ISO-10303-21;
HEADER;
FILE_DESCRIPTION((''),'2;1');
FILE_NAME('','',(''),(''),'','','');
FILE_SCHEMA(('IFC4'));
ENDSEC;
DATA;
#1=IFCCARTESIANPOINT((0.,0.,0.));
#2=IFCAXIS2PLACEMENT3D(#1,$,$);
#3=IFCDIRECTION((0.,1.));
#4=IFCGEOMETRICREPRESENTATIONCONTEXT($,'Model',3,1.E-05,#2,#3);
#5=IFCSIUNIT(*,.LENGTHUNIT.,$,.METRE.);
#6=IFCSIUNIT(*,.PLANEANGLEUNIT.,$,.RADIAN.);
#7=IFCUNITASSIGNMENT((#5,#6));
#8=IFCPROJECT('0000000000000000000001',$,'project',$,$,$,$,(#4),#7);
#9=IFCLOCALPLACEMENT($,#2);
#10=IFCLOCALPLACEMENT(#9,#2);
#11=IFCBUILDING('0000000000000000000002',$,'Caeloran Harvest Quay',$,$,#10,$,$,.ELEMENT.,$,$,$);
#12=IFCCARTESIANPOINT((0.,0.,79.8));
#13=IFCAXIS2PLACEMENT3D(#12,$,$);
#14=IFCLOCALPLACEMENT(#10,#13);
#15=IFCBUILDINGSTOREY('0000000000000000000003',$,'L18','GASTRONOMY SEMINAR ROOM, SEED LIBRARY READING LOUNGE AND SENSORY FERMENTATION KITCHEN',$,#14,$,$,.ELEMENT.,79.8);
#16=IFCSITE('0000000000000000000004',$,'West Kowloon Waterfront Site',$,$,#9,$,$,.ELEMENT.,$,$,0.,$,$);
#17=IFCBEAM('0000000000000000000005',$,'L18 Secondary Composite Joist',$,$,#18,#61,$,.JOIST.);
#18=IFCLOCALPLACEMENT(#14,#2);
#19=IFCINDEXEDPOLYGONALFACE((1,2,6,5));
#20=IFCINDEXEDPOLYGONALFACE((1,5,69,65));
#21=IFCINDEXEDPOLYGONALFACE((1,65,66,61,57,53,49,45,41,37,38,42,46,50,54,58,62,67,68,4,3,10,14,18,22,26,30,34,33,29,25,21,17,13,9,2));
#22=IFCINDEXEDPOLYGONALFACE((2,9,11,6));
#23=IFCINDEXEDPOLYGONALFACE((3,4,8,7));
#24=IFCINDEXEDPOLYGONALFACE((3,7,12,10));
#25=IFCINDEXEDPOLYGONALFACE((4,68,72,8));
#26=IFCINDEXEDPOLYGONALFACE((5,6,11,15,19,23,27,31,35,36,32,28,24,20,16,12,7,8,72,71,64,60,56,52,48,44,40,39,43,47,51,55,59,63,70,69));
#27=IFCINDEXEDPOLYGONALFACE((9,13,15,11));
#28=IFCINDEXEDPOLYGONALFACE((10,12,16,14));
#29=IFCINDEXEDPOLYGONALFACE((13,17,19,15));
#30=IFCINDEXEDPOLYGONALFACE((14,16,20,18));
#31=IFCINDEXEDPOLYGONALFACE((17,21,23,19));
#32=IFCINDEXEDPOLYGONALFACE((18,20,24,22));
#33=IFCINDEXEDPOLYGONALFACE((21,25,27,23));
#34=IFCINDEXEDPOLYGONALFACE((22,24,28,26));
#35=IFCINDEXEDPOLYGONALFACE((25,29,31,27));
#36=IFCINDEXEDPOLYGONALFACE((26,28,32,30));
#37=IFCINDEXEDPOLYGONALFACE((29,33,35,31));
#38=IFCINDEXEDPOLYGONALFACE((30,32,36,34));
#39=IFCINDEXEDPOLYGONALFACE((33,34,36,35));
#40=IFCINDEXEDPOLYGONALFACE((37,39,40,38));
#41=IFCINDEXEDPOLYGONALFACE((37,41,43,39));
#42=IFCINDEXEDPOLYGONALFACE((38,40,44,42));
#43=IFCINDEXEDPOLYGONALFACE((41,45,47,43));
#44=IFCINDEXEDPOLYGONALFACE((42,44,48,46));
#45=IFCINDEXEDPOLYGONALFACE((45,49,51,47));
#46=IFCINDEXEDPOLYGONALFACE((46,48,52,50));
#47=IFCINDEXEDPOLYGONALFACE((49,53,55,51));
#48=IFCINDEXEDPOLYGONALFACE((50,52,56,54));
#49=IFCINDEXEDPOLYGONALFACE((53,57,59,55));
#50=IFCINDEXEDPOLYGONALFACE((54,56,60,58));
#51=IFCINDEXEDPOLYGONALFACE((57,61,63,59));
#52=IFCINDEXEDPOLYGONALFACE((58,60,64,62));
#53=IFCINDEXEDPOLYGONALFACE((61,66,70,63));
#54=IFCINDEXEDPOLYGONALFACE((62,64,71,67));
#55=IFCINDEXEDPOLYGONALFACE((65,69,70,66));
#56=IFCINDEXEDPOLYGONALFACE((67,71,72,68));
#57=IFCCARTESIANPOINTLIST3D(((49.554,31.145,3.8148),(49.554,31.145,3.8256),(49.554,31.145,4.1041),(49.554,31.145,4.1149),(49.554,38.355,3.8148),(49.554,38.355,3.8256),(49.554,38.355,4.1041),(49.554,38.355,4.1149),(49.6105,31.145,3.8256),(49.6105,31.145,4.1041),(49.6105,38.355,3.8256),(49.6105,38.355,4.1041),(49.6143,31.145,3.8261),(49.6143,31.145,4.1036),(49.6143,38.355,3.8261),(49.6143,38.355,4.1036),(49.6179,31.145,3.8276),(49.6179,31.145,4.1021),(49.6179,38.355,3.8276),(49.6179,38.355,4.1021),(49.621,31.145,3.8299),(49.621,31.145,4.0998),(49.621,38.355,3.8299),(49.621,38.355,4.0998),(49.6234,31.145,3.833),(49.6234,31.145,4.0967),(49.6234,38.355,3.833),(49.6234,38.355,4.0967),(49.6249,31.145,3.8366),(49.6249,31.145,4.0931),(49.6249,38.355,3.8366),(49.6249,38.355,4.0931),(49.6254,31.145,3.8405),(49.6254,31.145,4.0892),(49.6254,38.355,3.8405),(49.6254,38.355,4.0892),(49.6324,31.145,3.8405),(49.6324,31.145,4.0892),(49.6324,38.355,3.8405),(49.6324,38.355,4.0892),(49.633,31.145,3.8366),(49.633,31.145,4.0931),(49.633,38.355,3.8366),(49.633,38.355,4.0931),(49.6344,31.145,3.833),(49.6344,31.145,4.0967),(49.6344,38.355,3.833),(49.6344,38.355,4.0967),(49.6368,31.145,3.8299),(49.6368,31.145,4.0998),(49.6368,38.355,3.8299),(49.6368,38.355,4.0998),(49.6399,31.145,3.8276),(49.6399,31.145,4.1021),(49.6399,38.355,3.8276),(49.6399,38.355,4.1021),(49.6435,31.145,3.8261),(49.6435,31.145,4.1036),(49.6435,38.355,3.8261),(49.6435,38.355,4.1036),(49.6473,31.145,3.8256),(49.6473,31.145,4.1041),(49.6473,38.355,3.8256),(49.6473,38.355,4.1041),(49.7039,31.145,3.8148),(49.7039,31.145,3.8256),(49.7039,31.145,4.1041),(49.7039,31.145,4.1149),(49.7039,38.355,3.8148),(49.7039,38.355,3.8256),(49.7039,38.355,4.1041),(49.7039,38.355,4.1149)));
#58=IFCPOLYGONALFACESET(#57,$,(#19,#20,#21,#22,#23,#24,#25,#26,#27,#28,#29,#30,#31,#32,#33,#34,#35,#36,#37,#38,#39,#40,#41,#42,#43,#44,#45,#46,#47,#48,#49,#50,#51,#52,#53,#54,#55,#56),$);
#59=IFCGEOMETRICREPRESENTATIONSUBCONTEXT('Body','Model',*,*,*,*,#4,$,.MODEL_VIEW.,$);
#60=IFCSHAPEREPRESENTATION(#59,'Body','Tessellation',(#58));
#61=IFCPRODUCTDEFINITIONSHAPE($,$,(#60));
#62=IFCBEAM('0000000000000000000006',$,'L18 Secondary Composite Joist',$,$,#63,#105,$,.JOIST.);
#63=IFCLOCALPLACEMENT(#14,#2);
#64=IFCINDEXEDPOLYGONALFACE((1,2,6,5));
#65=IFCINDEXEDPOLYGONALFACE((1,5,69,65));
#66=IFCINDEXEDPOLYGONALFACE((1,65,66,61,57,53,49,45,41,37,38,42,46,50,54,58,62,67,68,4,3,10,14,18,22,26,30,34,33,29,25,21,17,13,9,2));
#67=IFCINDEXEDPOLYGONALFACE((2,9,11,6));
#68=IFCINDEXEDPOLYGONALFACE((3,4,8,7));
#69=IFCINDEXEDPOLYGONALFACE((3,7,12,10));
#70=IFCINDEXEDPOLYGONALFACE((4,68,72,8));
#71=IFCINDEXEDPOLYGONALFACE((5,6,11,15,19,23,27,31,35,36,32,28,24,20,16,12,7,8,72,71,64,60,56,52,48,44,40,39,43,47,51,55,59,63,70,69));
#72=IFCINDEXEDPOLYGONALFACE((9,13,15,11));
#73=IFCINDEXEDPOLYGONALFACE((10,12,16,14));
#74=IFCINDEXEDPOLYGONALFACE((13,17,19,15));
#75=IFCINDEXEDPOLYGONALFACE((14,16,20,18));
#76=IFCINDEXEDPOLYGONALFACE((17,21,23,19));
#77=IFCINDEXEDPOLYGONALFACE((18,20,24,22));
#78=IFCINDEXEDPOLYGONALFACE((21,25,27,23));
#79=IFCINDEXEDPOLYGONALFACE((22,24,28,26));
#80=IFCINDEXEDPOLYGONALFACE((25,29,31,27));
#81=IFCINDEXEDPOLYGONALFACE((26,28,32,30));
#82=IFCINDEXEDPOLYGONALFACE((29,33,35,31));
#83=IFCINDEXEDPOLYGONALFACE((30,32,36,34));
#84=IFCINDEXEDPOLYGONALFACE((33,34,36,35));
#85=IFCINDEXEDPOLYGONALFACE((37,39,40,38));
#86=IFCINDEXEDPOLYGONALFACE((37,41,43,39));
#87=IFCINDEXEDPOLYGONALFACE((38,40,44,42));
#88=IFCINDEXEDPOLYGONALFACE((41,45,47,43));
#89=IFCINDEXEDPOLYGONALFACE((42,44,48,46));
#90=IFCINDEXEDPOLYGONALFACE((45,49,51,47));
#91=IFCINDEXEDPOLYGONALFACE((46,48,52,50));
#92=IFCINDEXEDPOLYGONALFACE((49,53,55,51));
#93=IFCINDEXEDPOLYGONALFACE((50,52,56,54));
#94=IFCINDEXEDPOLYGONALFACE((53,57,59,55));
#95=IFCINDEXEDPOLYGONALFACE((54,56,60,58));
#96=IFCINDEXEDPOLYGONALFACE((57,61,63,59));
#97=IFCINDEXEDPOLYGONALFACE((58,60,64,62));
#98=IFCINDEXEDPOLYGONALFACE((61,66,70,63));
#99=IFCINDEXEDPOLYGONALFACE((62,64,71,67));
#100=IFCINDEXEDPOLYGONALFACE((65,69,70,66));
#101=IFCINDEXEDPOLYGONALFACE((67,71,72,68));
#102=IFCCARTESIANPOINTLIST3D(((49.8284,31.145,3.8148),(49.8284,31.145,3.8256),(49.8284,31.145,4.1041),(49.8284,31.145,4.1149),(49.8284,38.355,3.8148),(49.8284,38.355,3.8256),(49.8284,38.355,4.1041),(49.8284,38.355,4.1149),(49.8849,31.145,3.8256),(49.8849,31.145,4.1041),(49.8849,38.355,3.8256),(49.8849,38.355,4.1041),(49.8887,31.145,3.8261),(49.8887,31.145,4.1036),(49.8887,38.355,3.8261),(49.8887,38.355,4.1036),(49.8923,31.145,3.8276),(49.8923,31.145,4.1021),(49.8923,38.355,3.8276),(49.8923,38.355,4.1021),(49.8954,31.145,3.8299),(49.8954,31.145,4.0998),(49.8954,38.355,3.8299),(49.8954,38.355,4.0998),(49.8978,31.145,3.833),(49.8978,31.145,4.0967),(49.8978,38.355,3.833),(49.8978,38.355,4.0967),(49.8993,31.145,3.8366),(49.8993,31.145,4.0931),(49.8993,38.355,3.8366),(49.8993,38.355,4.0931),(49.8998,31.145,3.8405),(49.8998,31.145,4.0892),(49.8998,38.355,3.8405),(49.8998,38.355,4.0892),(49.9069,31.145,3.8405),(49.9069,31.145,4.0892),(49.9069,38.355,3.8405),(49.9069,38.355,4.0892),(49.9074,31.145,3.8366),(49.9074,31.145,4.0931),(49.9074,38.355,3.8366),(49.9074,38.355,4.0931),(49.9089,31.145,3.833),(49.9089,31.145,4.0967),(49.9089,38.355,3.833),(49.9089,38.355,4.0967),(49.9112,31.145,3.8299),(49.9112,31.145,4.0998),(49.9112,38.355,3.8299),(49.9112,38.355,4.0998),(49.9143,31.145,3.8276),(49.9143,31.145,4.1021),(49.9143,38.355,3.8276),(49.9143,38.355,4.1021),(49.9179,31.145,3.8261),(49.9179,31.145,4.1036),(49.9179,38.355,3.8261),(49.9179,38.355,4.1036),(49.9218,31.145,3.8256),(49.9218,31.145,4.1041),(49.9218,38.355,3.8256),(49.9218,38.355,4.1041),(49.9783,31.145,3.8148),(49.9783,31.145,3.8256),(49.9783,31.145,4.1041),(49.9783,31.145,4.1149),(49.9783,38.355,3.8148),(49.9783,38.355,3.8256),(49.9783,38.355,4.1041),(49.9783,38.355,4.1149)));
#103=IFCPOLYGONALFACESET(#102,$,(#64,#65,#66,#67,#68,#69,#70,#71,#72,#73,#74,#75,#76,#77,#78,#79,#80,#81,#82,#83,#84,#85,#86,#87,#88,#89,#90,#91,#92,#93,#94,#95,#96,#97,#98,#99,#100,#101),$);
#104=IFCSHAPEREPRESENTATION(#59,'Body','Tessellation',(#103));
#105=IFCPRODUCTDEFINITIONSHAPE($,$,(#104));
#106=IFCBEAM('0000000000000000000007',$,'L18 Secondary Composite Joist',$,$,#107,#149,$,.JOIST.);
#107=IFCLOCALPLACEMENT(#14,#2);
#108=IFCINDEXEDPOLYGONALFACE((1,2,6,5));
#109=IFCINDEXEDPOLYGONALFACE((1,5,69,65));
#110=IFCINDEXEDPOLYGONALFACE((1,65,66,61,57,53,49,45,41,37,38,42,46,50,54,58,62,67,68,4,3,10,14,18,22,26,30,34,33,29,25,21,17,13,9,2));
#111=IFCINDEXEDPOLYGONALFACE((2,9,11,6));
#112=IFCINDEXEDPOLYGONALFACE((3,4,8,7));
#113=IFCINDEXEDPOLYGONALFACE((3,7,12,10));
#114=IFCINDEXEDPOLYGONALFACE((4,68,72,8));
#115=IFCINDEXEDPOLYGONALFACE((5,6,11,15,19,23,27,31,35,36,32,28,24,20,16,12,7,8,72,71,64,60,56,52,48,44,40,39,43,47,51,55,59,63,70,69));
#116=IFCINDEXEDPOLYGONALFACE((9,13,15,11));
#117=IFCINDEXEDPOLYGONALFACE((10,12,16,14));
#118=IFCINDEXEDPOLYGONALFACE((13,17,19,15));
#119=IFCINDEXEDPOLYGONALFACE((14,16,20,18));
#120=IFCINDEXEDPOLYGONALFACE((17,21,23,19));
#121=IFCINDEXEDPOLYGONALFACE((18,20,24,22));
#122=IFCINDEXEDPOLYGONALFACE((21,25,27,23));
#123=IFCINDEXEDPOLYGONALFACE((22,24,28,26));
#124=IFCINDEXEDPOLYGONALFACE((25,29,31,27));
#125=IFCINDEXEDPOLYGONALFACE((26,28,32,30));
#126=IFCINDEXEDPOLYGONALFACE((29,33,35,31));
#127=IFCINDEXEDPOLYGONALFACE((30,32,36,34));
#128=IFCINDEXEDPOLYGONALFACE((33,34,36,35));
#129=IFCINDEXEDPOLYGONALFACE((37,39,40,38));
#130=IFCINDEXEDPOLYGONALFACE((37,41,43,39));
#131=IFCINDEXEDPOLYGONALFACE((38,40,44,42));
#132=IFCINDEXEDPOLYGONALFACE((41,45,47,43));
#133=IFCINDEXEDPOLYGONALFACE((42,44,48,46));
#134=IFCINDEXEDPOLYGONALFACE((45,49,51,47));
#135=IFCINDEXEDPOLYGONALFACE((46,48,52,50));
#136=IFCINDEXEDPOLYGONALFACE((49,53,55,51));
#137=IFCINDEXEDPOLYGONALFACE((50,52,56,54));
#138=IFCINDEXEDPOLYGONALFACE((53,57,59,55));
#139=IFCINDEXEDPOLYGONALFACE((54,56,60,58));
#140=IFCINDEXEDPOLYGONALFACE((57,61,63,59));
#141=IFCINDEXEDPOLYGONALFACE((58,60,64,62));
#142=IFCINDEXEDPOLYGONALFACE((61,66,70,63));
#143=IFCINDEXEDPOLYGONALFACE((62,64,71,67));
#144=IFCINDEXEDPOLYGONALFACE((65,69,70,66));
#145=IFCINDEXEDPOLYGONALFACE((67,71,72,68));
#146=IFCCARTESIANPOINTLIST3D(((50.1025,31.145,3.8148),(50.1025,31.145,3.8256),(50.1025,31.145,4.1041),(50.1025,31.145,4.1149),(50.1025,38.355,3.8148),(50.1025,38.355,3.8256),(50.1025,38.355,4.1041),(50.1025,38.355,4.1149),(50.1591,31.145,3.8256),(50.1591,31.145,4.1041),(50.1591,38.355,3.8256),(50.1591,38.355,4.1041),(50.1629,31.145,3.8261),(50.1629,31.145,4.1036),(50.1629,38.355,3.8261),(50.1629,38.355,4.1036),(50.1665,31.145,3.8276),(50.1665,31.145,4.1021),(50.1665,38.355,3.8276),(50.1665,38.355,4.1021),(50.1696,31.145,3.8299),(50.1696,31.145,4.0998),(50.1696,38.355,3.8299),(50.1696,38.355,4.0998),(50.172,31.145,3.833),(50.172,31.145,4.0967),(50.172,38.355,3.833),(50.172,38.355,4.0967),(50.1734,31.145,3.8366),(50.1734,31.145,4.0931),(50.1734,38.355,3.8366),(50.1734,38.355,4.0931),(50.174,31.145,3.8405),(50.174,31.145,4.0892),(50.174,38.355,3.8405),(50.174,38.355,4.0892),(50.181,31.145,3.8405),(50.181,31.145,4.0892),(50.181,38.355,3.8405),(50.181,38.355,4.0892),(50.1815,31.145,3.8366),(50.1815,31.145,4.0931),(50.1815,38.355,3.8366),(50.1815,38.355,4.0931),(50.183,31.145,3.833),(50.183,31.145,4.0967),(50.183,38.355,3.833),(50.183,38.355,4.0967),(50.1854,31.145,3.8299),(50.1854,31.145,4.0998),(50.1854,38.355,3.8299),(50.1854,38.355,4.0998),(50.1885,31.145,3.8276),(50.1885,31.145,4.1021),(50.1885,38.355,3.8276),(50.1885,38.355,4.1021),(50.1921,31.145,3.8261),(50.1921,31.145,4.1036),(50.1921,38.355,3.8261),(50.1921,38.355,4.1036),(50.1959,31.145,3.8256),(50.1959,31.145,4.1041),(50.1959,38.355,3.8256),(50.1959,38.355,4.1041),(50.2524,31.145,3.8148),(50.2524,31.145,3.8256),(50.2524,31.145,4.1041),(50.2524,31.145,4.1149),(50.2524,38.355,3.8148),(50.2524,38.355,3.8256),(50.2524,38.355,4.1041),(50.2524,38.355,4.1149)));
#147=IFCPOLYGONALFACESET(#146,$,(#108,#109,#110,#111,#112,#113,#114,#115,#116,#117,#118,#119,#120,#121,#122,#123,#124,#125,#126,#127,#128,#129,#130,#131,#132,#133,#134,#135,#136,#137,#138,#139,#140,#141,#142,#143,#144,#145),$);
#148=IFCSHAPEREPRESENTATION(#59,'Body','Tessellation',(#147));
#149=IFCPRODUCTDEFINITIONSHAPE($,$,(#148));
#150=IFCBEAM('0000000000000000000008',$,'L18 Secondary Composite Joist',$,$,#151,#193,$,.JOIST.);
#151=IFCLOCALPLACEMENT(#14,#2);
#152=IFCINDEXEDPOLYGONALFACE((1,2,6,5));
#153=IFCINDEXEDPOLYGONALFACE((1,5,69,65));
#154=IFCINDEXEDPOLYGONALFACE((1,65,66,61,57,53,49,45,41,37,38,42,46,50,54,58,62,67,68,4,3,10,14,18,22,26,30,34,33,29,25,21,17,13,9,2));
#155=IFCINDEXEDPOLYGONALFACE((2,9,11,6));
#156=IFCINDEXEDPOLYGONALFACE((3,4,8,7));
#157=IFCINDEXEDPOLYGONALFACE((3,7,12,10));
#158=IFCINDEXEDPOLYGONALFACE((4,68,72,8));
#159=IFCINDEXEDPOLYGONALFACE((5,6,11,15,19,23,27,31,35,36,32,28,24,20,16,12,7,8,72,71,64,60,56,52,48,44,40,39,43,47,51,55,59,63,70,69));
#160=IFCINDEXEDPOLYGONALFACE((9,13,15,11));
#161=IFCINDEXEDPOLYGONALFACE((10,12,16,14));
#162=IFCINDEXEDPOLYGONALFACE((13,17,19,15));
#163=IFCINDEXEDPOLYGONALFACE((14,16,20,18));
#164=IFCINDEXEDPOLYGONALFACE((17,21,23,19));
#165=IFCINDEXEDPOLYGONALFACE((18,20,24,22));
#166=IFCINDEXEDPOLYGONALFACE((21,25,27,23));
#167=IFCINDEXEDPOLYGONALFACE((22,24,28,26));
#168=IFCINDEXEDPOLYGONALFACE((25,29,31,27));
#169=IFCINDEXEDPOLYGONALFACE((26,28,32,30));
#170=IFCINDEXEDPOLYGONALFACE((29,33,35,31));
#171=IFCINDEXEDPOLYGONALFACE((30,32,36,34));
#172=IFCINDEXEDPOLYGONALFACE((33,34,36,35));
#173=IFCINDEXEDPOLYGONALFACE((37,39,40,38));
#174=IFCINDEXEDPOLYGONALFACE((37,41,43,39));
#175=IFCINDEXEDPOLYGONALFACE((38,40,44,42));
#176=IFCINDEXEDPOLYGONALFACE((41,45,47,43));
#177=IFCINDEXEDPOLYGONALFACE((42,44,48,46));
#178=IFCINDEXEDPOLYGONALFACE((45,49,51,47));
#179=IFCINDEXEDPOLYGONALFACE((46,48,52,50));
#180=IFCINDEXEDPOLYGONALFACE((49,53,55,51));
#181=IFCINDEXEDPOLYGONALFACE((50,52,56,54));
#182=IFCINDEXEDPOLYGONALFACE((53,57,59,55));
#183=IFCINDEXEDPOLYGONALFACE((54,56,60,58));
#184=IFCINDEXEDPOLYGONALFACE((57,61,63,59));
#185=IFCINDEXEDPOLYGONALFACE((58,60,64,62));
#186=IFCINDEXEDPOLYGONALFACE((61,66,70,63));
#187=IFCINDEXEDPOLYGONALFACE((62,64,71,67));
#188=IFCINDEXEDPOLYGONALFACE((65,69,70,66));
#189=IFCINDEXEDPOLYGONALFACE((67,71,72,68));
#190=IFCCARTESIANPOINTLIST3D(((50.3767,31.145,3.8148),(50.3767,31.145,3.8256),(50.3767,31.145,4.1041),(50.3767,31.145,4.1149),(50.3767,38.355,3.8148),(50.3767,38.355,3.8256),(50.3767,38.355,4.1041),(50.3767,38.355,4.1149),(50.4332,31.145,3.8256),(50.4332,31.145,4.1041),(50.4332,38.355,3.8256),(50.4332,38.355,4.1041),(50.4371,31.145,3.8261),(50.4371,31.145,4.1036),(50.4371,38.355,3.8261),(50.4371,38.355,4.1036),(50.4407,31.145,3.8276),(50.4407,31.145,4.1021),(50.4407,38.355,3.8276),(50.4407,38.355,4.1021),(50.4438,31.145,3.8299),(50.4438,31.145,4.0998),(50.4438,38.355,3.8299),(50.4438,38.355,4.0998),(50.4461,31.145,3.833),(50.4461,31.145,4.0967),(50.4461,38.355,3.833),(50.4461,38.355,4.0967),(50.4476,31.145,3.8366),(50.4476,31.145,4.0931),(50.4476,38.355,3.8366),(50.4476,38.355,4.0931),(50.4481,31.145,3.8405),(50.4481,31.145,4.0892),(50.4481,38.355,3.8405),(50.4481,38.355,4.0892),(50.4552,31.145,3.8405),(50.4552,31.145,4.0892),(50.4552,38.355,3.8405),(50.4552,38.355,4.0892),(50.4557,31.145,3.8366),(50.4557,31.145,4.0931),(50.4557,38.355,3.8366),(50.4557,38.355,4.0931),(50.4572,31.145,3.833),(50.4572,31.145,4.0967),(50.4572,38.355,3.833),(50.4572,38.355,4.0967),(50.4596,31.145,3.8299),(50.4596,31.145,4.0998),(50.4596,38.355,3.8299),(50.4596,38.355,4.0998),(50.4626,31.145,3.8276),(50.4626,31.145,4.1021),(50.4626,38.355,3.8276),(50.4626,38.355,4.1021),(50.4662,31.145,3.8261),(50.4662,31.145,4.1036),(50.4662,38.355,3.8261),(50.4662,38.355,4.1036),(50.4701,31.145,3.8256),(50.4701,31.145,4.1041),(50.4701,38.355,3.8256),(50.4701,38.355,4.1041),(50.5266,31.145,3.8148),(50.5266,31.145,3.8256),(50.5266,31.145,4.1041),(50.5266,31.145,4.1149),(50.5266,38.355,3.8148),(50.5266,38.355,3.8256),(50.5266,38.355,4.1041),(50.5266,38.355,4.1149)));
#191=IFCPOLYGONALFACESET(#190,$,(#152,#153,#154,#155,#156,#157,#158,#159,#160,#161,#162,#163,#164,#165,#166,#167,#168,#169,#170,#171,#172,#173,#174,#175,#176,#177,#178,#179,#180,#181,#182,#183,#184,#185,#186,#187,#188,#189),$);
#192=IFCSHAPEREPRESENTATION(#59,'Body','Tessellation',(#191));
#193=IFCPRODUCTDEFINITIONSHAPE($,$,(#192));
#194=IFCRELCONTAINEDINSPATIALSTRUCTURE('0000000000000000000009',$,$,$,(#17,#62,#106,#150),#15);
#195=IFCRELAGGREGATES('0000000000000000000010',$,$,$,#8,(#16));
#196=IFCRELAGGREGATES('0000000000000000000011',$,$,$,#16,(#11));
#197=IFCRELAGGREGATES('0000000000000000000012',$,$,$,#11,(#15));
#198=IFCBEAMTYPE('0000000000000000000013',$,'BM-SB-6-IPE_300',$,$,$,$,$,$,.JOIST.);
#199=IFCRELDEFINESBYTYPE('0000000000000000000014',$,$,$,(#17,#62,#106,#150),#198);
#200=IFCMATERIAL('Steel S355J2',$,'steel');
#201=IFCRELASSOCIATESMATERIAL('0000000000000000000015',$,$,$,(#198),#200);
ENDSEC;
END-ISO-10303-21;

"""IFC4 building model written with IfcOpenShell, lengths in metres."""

from ifc_helpers import new_model, si_unit, direction, frame, origin, origin_2d, place, context, subcontext, project, spatial, i_section, extrude, material, material_profile, profile_set, type_object, element, save


model = new_model("IFC4")

# Units and contexts
model_context = context("Model", 3, precision=1e-05, world=origin(), true_north=direction((0.0, 1.0)))
body_context = subcontext(model_context, "Body", "Model", "MODEL_VIEW")
ifc_project = project(units=[si_unit("LENGTHUNIT", "METRE"), si_unit("PLANEANGLEUNIT", "RADIAN")], contexts=[model_context])

# Site, building, storey
site_placement = place(None, origin())
site = spatial("IfcSite", under=ifc_project, at=site_placement, Name="West Kowloon Waterfront Site", CompositionType="ELEMENT", RefElevation=0.0)
building_placement = place(site_placement, origin())
building = spatial("IfcBuilding", under=site, at=building_placement, Name="Caeloran Harvest Quay", CompositionType="ELEMENT")
storey_placement = place(building_placement, frame((0.0, 0.0, 79.8)))
storey = spatial("IfcBuildingStorey", under=building, at=storey_placement, Name="L18", Description="GASTRONOMY SEMINAR ROOM, SEED LIBRARY READING LOUNGE AND SENSORY FERMENTATION KITCHEN", CompositionType="ELEMENT", Elevation=79.8)

# Beams
ifc_material_1 = material(Name="Steel S355J2", Category="steel")
ifc_material_profile_1 = material_profile(ifc_material_1, i_section(OverallWidth=0.1499, OverallDepth=0.3, WebThickness=0.0071, FlangeThickness=0.0107, FilletRadius=0.0149, at=origin_2d()), Name="IPE 300")
ifc_profile_set_1 = profile_set([ifc_material_profile_1], Name="Steel S355J2")
beam_type_1 = type_object("IfcBeamType", Name="BM-SB-6-IPE_300", PredefinedType="JOIST", material=ifc_profile_set_1)
for number, where, z_axis, x_axis, name in (
    (1, (49.6289, 31.145, 3.9648), (0.0, 1.0, 0.0), (-1.0, 0.0, 0.0), "L18 Secondary Composite Joist"),
    (2, (49.9033, 31.145, 3.9648), (0.0, 1.0, 0.0), (-1.0, 0.0, 0.0), "L18 Secondary Composite Joist"),
    (3, (50.1775, 31.145, 3.9648), (0.0, 1.0, 0.0), (-1.0, 0.0, 0.0), "L18 Secondary Composite Joist"),
    (4, (50.4517, 31.145, 3.9648), (0.0, 1.0, 0.0), (-1.0, 0.0, 0.0), "L18 Secondary Composite Joist"),
):
    element("IfcBeam", number, at=place(storey_placement, frame(where, z_axis=z_axis, x_axis=x_axis)), inside=storey, type_object=beam_type_1, Name=name, PredefinedType="JOIST", context=body_context, shape_type="SweptSolid", body=[
        extrude(i_section(OverallWidth=0.1499, OverallDepth=0.3, WebThickness=0.0071, FlangeThickness=0.0107, FilletRadius=0.0149, at=origin_2d()), origin(), (0.0, 0.0, 1.0), 7.21),
    ])

save(model, "model.ifc")
